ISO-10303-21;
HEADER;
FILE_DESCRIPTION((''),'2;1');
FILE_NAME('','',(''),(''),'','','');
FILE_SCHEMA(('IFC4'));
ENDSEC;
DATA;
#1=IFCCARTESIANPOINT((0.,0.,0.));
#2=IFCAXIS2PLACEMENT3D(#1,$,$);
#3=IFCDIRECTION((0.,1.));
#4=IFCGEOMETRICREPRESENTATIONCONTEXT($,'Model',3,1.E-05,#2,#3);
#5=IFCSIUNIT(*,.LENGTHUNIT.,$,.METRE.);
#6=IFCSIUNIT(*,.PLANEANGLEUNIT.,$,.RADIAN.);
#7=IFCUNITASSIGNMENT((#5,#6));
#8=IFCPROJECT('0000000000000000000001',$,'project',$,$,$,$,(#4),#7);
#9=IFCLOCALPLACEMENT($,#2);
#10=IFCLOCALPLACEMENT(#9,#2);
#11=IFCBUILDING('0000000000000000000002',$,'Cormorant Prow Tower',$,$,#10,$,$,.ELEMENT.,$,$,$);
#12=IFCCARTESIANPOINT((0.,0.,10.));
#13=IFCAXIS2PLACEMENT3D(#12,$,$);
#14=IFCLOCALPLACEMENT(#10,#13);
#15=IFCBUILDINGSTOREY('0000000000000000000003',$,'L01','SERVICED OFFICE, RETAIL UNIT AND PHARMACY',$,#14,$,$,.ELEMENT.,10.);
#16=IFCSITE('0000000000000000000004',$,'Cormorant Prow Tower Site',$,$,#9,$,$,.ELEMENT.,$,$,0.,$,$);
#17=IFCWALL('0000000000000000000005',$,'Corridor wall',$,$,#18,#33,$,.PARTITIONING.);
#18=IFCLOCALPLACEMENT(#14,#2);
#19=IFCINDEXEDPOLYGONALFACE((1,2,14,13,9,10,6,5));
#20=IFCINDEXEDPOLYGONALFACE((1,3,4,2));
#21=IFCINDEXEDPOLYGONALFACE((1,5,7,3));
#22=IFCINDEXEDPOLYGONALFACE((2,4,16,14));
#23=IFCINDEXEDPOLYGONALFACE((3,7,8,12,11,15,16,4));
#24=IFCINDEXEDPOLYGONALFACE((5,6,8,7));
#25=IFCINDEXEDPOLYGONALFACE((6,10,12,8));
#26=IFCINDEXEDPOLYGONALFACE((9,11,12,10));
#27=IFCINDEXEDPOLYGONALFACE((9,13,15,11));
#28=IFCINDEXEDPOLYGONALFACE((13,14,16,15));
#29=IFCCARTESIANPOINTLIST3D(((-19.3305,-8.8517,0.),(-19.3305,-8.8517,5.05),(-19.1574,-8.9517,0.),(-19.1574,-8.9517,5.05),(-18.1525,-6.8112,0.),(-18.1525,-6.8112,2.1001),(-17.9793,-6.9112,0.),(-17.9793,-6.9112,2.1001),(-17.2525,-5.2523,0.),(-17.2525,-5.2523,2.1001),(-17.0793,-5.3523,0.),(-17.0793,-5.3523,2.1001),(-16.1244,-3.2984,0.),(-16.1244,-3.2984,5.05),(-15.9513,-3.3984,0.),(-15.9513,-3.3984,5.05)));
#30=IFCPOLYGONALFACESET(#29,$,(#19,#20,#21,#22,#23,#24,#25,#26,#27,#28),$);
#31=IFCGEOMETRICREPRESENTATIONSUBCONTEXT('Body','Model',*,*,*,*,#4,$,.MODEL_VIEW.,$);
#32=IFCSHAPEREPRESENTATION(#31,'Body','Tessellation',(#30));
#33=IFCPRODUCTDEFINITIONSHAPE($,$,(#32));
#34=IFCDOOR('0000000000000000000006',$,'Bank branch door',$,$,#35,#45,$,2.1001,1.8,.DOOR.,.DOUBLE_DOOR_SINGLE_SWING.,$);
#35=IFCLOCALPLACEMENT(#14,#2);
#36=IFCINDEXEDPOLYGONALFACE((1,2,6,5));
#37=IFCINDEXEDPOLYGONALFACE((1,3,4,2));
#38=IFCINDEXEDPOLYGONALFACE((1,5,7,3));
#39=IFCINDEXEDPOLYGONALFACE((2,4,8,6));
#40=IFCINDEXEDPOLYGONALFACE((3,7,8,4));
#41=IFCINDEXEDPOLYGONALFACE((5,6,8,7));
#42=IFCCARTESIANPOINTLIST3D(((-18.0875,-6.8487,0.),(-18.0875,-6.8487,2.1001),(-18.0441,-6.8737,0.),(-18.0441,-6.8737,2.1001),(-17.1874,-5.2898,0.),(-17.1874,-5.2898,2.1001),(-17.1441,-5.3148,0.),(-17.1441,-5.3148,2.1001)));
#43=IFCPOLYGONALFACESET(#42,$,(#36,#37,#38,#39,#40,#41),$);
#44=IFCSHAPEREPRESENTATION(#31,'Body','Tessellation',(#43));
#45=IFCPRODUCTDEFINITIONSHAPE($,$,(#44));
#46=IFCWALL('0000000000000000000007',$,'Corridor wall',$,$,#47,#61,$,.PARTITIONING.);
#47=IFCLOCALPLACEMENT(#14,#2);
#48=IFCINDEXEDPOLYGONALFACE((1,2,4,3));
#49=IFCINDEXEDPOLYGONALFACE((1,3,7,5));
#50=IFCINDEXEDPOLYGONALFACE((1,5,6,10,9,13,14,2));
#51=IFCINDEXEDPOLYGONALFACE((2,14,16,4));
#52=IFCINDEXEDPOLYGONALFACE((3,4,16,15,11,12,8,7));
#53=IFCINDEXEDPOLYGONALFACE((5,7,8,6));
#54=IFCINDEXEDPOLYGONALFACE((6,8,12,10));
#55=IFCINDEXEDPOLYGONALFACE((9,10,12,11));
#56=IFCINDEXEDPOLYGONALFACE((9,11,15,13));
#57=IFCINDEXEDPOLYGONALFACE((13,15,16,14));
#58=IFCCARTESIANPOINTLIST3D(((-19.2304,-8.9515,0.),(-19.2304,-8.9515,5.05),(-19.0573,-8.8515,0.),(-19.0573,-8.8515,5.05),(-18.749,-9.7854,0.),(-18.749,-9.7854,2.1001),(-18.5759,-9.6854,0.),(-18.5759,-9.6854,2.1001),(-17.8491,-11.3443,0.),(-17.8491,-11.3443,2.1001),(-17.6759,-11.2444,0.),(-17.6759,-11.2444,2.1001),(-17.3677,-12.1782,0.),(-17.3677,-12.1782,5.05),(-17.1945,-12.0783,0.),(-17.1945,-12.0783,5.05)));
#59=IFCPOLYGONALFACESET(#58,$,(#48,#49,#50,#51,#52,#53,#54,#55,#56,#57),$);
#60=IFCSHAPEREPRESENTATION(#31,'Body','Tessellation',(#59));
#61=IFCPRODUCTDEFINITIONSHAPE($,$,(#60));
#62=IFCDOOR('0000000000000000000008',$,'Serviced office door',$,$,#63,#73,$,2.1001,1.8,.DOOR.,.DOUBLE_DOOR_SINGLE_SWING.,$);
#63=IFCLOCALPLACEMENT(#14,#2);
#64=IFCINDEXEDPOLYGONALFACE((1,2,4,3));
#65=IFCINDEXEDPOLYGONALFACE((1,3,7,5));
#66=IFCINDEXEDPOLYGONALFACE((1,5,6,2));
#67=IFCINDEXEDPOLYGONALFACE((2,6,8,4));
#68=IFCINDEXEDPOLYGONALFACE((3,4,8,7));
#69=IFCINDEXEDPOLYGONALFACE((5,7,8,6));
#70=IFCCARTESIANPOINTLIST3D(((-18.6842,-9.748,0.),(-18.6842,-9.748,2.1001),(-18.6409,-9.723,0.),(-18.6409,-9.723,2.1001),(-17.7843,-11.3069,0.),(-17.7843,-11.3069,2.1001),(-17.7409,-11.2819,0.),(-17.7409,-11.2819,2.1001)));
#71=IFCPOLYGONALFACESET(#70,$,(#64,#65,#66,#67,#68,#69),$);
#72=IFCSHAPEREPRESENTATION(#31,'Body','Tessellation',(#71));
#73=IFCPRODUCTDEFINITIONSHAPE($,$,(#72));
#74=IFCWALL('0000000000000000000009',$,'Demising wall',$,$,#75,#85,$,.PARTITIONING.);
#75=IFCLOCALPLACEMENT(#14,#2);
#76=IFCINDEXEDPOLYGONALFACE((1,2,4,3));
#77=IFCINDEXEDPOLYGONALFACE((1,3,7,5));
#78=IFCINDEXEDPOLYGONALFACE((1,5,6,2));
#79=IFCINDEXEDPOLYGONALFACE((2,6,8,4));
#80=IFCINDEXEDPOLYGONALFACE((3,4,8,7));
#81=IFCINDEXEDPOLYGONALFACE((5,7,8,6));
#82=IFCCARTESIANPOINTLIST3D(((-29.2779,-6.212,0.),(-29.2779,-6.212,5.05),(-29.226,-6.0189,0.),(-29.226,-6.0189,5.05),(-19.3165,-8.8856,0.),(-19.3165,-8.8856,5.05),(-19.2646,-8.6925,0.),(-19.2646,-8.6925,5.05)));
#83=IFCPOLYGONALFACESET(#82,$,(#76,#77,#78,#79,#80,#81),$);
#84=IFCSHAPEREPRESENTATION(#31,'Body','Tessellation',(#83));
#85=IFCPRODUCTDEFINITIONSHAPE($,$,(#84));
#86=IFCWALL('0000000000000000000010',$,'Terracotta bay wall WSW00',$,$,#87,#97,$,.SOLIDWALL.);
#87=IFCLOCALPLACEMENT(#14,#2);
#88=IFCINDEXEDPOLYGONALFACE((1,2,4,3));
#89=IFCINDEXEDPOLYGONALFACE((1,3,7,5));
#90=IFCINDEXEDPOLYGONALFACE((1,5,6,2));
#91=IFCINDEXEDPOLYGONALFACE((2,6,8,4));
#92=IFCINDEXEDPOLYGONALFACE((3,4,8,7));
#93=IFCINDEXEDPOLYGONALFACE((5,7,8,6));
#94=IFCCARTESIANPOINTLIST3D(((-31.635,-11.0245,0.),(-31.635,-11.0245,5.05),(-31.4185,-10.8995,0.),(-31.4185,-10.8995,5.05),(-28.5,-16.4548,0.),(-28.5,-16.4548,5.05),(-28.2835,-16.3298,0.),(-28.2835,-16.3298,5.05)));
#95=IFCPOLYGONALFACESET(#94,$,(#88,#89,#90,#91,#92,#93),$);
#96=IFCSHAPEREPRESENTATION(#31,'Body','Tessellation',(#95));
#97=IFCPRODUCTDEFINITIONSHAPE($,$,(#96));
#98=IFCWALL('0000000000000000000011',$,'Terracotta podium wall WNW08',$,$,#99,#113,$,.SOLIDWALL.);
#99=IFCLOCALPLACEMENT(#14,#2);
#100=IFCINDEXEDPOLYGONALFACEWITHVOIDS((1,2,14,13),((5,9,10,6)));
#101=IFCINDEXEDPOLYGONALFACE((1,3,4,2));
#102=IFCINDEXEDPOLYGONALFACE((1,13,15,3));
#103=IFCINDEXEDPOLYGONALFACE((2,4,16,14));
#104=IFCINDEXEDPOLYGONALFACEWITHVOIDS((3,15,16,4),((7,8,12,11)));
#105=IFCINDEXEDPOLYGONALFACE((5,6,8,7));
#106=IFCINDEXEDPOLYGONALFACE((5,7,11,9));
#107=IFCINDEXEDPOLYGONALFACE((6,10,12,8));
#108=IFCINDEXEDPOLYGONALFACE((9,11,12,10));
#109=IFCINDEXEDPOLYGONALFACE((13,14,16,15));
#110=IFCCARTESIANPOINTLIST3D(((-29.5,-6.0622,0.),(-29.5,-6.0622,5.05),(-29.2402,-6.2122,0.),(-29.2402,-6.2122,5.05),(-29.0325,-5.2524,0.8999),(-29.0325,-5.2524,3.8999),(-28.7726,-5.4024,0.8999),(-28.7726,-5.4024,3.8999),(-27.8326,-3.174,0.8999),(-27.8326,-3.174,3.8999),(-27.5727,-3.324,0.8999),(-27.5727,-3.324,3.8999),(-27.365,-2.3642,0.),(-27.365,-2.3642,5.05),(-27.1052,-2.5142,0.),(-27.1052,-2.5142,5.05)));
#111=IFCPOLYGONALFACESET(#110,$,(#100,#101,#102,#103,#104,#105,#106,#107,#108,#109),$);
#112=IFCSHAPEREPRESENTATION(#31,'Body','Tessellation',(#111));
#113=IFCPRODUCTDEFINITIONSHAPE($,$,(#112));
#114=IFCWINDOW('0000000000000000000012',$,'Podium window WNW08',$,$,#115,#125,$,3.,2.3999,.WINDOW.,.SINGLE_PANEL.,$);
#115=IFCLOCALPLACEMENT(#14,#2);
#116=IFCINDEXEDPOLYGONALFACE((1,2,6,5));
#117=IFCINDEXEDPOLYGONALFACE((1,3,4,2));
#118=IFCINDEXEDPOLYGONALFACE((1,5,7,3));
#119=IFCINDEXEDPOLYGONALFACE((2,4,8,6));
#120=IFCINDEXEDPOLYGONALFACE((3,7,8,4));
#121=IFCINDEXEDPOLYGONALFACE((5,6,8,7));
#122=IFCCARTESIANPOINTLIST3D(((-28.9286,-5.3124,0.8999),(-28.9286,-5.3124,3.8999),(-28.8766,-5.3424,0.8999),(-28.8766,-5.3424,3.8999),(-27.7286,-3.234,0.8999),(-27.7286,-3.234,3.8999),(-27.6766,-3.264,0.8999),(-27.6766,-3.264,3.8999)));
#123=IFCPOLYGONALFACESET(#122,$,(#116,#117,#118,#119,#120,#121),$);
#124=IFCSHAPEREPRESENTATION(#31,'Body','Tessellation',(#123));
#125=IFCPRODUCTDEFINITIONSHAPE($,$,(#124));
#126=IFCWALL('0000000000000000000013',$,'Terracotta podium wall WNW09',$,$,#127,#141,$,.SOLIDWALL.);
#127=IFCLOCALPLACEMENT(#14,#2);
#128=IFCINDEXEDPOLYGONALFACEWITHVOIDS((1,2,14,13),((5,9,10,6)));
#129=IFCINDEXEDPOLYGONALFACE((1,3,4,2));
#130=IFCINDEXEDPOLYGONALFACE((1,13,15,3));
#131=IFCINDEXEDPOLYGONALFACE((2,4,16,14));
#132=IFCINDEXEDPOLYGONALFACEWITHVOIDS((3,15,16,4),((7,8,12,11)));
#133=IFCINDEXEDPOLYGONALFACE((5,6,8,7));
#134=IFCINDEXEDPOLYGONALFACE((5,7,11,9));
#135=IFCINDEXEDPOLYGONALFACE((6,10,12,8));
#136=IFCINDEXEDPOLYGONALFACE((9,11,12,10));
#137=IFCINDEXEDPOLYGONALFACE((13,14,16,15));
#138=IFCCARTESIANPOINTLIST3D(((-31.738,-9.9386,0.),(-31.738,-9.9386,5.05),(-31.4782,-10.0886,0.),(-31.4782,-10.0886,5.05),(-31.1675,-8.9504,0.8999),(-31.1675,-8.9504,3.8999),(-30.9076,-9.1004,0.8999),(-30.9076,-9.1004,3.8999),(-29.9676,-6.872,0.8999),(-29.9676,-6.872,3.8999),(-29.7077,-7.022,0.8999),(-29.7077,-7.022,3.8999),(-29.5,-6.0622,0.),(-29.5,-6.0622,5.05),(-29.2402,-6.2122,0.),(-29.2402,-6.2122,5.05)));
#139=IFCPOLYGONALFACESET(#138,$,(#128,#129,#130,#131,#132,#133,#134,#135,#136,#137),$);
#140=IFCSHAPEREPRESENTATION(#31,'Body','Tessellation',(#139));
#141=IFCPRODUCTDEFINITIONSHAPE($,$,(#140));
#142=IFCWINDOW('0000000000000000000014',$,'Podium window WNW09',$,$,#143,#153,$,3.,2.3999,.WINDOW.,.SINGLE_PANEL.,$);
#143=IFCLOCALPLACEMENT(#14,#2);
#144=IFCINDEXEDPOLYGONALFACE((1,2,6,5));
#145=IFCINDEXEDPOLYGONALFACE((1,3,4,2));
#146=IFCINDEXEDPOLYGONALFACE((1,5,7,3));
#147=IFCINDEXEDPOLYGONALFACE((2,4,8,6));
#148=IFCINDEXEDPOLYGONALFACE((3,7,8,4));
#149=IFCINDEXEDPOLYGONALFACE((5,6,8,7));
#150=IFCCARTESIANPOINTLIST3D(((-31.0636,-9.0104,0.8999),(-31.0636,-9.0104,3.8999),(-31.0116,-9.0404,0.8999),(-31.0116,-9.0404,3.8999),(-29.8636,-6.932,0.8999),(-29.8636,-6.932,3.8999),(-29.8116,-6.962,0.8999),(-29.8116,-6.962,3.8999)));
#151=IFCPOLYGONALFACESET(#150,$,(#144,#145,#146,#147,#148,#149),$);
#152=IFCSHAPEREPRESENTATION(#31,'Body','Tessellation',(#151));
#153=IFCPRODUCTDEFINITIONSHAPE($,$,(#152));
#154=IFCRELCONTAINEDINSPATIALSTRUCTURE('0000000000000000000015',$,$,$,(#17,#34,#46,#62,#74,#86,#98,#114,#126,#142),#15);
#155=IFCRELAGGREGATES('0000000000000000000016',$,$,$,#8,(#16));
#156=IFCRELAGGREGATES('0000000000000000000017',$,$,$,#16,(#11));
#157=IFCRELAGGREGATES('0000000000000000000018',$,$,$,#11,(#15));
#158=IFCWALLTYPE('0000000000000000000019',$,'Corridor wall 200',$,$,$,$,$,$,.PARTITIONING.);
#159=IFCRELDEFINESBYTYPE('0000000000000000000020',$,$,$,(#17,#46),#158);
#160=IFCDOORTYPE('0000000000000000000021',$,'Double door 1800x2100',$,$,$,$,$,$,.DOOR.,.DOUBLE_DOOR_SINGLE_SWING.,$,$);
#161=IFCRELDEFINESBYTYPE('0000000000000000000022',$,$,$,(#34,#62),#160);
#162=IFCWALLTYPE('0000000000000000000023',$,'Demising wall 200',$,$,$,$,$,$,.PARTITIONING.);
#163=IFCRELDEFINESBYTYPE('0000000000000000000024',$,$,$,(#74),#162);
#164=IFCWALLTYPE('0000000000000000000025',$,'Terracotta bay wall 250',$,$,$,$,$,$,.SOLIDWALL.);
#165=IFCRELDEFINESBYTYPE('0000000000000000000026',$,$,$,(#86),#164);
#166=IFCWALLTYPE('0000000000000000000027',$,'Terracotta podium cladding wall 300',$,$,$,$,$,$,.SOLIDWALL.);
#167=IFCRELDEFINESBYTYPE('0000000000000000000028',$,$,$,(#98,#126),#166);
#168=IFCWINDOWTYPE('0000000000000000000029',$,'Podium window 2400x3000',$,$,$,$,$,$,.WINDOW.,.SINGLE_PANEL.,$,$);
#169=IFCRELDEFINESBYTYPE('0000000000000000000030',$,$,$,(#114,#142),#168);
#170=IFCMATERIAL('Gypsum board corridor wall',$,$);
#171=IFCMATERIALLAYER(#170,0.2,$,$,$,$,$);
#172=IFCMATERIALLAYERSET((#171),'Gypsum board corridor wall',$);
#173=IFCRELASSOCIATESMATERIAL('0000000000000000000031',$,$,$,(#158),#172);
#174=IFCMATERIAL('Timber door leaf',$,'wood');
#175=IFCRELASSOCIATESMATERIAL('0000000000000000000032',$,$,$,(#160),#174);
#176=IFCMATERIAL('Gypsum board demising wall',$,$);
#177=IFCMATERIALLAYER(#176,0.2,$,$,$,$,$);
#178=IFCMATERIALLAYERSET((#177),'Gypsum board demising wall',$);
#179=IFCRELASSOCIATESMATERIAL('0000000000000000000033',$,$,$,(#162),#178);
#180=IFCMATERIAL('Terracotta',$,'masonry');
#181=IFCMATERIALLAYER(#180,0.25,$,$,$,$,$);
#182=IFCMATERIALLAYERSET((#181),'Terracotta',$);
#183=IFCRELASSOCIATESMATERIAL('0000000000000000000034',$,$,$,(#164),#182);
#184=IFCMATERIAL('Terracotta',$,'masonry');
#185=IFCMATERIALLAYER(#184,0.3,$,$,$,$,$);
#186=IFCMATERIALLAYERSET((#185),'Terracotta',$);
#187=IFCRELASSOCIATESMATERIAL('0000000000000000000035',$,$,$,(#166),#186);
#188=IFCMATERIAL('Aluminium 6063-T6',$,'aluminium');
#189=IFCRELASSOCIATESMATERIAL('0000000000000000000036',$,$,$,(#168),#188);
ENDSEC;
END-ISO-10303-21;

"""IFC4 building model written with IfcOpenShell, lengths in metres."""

from ifc_helpers import new_model, si_unit, direction, frame, frame_2d, origin, place, context, subcontext, project, spatial, rectangle, extrude, material, layer, layer_set, type_object, element, fill, save


model = new_model("IFC4")

# Units and contexts
model_context = context("Model", 3, precision=1e-05, world=origin(), true_north=direction((0.0, 1.0)))
body_context = subcontext(model_context, "Body", "Model", "MODEL_VIEW")
ifc_project = project(units=[si_unit("LENGTHUNIT", "METRE"), si_unit("PLANEANGLEUNIT", "RADIAN")], contexts=[model_context])

# Site, building, storey
site_placement = place(None, origin())
site = spatial("IfcSite", under=ifc_project, at=site_placement, Name="Cormorant Prow Tower Site", CompositionType="ELEMENT", RefElevation=0.0)
building_placement = place(site_placement, origin())
building = spatial("IfcBuilding", under=site, at=building_placement, Name="Cormorant Prow Tower", CompositionType="ELEMENT")
storey_placement = place(building_placement, frame((0.0, 0.0, 10.0)))
storey = spatial("IfcBuildingStorey", under=building, at=storey_placement, Name="L01", Description="SERVICED OFFICE, RETAIL UNIT AND PHARMACY", CompositionType="ELEMENT", Elevation=10.0)

# Shared definitions
ifc_material_1 = material(Name="Gypsum board corridor wall")
ifc_layer_1 = layer(ifc_material_1, 0.2)
ifc_layer_set_1 = layer_set([ifc_layer_1], Name="Gypsum board corridor wall")
wall_type_1 = type_object("IfcWallType", Name="Corridor wall 200", PredefinedType="PARTITIONING", material=ifc_layer_set_1)

# Walls, openings, doors
wall_1_placement = place(storey_placement, frame((-19.2439, -8.9016, 0.0), z_axis=(0.0, 0.0, 1.0), x_axis=(0.499988, 0.866032, 0.0)))
wall_1 = element("IfcWall", 1, at=wall_1_placement, inside=storey, type_object=wall_type_1, Name="Corridor wall", PredefinedType="PARTITIONING", context=body_context, shape_type="SweptSolid", body=[
    extrude(rectangle(XDim=6.4124, YDim=0.2, at=frame_2d((3.2061, 0.0))), origin(), (0.0, 0.0, 1.0), 5.05),
])
opening_1_placement = place(wall_1_placement, frame((2.3562, 0.0, 0.0)))
opening_1 = element("IfcOpeningElement", 2, at=opening_1_placement, cuts=wall_1, PredefinedType="OPENING", context=body_context, shape_type="SweptSolid", body=[
    extrude(rectangle(XDim=1.8, YDim=2.1001, at=frame_2d((0.8999, 1.05))), frame((0.0, 0.1099, 0.0), z_axis=(0.0, -1.0, 0.0), x_axis=(1.0, 0.0, 0.0)), (0.0, 0.0, 1.0), 0.22),
])
ifc_material_2 = material(Name="Timber door leaf", Category="wood")
door_type = type_object("IfcDoorType", Name="Double door 1800x2100", OperationType="DOUBLE_DOOR_SINGLE_SWING", PredefinedType="DOOR", material=ifc_material_2)
door_1_placement = place(opening_1_placement, origin())
door_1 = element("IfcDoor", 3, at=door_1_placement, inside=storey, type_object=door_type, Name="Bank branch door", OperationType="DOUBLE_DOOR_SINGLE_SWING", OverallHeight=2.1001, OverallWidth=1.8, PredefinedType="DOOR", context=body_context, shape_type="SweptSolid", body=[
    extrude(rectangle(XDim=1.8, YDim=2.1001, at=frame_2d((0.8999, 1.05))), frame((0.0, 0.0249, 0.0), z_axis=(0.0, -1.0, 0.0), x_axis=(1.0, 0.0, 0.0)), (0.0, 0.0, 1.0), 0.05),
])
fill(opening_1, door_1)
wall_2_placement = place(storey_placement, frame((-19.1438, -8.9016, 0.0), z_axis=(0.0, 0.0, 1.0), x_axis=(0.499959, -0.866049, 0.0)))
wall_2 = element("IfcWall", 4, at=wall_2_placement, inside=storey, type_object=wall_type_1, Name="Corridor wall", PredefinedType="PARTITIONING", context=body_context, shape_type="SweptSolid", body=[
    extrude(rectangle(XDim=3.7258, YDim=0.2, at=frame_2d((1.8628, 0.0))), origin(), (0.0, 0.0, 1.0), 5.05),
])
opening_2_placement = place(wall_2_placement, frame((0.9629, 0.0, 0.0)))
opening_2 = element("IfcOpeningElement", 5, at=opening_2_placement, cuts=wall_2, PredefinedType="OPENING", context=body_context, shape_type="SweptSolid", body=[
    extrude(rectangle(XDim=1.8, YDim=2.1001, at=frame_2d((0.8999, 1.05))), frame((0.0, 0.1099, 0.0), z_axis=(0.0, -1.0, 0.0), x_axis=(1.0, 0.0, 0.0)), (0.0, 0.0, 1.0), 0.22),
])
door_2_placement = place(opening_2_placement, origin())
door_2 = element("IfcDoor", 6, at=door_2_placement, inside=storey, type_object=door_type, Name="Serviced office door", OperationType="DOUBLE_DOOR_SINGLE_SWING", OverallHeight=2.1001, OverallWidth=1.8, PredefinedType="DOOR", context=body_context, shape_type="SweptSolid", body=[
    extrude(rectangle(XDim=1.8, YDim=2.1001, at=frame_2d((0.8999, 1.05))), frame((0.0, 0.0249, 0.0), z_axis=(0.0, -1.0, 0.0), x_axis=(1.0, 0.0, 0.0)), (0.0, 0.0, 1.0), 0.05),
])
fill(opening_2, door_2)

# Walls
ifc_material_3 = material(Name="Gypsum board demising wall")
ifc_layer_2 = layer(ifc_material_3, 0.2)
ifc_layer_set_2 = layer_set([ifc_layer_2], Name="Gypsum board demising wall")
wall_type_2 = type_object("IfcWallType", Name="Demising wall 200", PredefinedType="PARTITIONING", material=ifc_layer_set_2)
wall_3_placement = place(storey_placement, frame((-29.252, -6.1155, 0.0), z_axis=(0.0, 0.0, 1.0), x_axis=(0.965818, -0.25922, 0.0)))
element("IfcWall", 7, at=wall_3_placement, inside=storey, type_object=wall_type_2, Name="Demising wall", PredefinedType="PARTITIONING", context=body_context, shape_type="SweptSolid", body=[
    extrude(rectangle(XDim=10.314, YDim=0.2, at=frame_2d((5.157, 0.0))), origin(), (0.0, 0.0, 1.0), 5.05),
])
ifc_material_4 = material(Name="Terracotta", Category="masonry")
ifc_layer_3 = layer(ifc_material_4, 0.25)
ifc_layer_set_3 = layer_set([ifc_layer_3], Name="Terracotta")
wall_type_3 = type_object("IfcWallType", Name="Terracotta bay wall 250", PredefinedType="SOLIDWALL", material=ifc_layer_set_3)
wall_4_placement = place(storey_placement, frame((-31.5269, -10.9619, 0.0), z_axis=(0.0, 0.0, 1.0), x_axis=(0.499988, -0.866033, 0.0)))
element("IfcWall", 8, at=wall_4_placement, inside=storey, type_object=wall_type_3, Name="Terracotta bay wall WSW00", PredefinedType="SOLIDWALL", context=body_context, shape_type="SweptSolid", body=[
    extrude(rectangle(XDim=6.2703, YDim=0.25, at=frame_2d((3.1353, 0.0))), origin(), (0.0, 0.0, 1.0), 5.05),
])

# Walls, openings, windows
ifc_material_5 = material(Name="Terracotta", Category="masonry")
ifc_layer_4 = layer(ifc_material_5, 0.3)
ifc_layer_set_4 = layer_set([ifc_layer_4], Name="Terracotta")
wall_type_4 = type_object("IfcWallType", Name="Terracotta podium cladding wall 300", PredefinedType="SOLIDWALL", material=ifc_layer_set_4)
wall_5_placement = place(storey_placement, frame((-27.2351, -2.4392, 0.0), z_axis=(0.0, 0.0, 1.0), x_axis=(-0.499995, -0.866028, 0.0)))
wall_5 = element("IfcWall", 9, at=wall_5_placement, inside=storey, type_object=wall_type_4, Name="Terracotta podium wall WNW08", PredefinedType="SOLIDWALL", context=body_context, shape_type="SweptSolid", body=[
    extrude(rectangle(XDim=4.27, YDim=0.3, at=frame_2d((2.135, 0.0))), origin(), (0.0, 0.0, 1.0), 5.05),
])
opening_3_placement = place(wall_5_placement, frame((0.9351, 0.0, 0.8999)))
opening_3 = element("IfcOpeningElement", 10, at=opening_3_placement, cuts=wall_5, PredefinedType="OPENING", context=body_context, shape_type="SweptSolid", body=[
    extrude(rectangle(XDim=2.3999, YDim=3.0, at=frame_2d((1.2, 1.5))), frame((0.0, 0.1599, 0.0), z_axis=(0.0, -1.0, 0.0), x_axis=(1.0, 0.0, 0.0)), (0.0, 0.0, 1.0), 0.3201),
])
ifc_material_6 = material(Name="Aluminium 6063-T6", Category="aluminium")
window_type = type_object("IfcWindowType", Name="Podium window 2400x3000", PartitioningType="SINGLE_PANEL", PredefinedType="WINDOW", material=ifc_material_6)
window_1_placement = place(opening_3_placement, origin())
window_1 = element("IfcWindow", 11, at=window_1_placement, inside=storey, type_object=window_type, Name="Podium window WNW08", OverallHeight=3.0, OverallWidth=2.3999, PartitioningType="SINGLE_PANEL", PredefinedType="WINDOW", context=body_context, shape_type="SweptSolid", body=[
    extrude(rectangle(XDim=2.3999, YDim=3.0, at=frame_2d((1.2, 1.5))), frame((0.0, 0.03, 0.0), z_axis=(0.0, -1.0, 0.0), x_axis=(1.0, 0.0, 0.0)), (0.0, 0.0, 1.0), 0.0601),
])
fill(opening_3, window_1)
wall_6_placement = place(storey_placement, frame((-29.3701, -6.1372, 0.0), z_axis=(0.0, 0.0, 1.0), x_axis=(-0.499993, -0.866029, 0.0)))
wall_6 = element("IfcWall", 12, at=wall_6_placement, inside=storey, type_object=wall_type_4, Name="Terracotta podium wall WNW09", PredefinedType="SOLIDWALL", context=body_context, shape_type="SweptSolid", body=[
    extrude(rectangle(XDim=4.4761, YDim=0.3, at=frame_2d((2.238, 0.0))), origin(), (0.0, 0.0, 1.0), 5.05),
])
opening_4_placement = place(wall_6_placement, frame((0.9351, 0.0, 0.8999)))
opening_4 = element("IfcOpeningElement", 13, at=opening_4_placement, cuts=wall_6, PredefinedType="OPENING", context=body_context, shape_type="SweptSolid", body=[
    extrude(rectangle(XDim=2.3999, YDim=3.0, at=frame_2d((1.2, 1.5))), frame((0.0, 0.1599, 0.0), z_axis=(0.0, -1.0, 0.0), x_axis=(1.0, 0.0, 0.0)), (0.0, 0.0, 1.0), 0.3201),
])
window_2_placement = place(opening_4_placement, origin())
window_2 = element("IfcWindow", 14, at=window_2_placement, inside=storey, type_object=window_type, Name="Podium window WNW09", OverallHeight=3.0, OverallWidth=2.3999, PartitioningType="SINGLE_PANEL", PredefinedType="WINDOW", context=body_context, shape_type="SweptSolid", body=[
    extrude(rectangle(XDim=2.3999, YDim=3.0, at=frame_2d((1.2, 1.5))), frame((0.0, 0.03, 0.0), z_axis=(0.0, -1.0, 0.0), x_axis=(1.0, 0.0, 0.0)), (0.0, 0.0, 1.0), 0.0601),
])
fill(opening_4, window_2)

save(model, "model.ifc")
